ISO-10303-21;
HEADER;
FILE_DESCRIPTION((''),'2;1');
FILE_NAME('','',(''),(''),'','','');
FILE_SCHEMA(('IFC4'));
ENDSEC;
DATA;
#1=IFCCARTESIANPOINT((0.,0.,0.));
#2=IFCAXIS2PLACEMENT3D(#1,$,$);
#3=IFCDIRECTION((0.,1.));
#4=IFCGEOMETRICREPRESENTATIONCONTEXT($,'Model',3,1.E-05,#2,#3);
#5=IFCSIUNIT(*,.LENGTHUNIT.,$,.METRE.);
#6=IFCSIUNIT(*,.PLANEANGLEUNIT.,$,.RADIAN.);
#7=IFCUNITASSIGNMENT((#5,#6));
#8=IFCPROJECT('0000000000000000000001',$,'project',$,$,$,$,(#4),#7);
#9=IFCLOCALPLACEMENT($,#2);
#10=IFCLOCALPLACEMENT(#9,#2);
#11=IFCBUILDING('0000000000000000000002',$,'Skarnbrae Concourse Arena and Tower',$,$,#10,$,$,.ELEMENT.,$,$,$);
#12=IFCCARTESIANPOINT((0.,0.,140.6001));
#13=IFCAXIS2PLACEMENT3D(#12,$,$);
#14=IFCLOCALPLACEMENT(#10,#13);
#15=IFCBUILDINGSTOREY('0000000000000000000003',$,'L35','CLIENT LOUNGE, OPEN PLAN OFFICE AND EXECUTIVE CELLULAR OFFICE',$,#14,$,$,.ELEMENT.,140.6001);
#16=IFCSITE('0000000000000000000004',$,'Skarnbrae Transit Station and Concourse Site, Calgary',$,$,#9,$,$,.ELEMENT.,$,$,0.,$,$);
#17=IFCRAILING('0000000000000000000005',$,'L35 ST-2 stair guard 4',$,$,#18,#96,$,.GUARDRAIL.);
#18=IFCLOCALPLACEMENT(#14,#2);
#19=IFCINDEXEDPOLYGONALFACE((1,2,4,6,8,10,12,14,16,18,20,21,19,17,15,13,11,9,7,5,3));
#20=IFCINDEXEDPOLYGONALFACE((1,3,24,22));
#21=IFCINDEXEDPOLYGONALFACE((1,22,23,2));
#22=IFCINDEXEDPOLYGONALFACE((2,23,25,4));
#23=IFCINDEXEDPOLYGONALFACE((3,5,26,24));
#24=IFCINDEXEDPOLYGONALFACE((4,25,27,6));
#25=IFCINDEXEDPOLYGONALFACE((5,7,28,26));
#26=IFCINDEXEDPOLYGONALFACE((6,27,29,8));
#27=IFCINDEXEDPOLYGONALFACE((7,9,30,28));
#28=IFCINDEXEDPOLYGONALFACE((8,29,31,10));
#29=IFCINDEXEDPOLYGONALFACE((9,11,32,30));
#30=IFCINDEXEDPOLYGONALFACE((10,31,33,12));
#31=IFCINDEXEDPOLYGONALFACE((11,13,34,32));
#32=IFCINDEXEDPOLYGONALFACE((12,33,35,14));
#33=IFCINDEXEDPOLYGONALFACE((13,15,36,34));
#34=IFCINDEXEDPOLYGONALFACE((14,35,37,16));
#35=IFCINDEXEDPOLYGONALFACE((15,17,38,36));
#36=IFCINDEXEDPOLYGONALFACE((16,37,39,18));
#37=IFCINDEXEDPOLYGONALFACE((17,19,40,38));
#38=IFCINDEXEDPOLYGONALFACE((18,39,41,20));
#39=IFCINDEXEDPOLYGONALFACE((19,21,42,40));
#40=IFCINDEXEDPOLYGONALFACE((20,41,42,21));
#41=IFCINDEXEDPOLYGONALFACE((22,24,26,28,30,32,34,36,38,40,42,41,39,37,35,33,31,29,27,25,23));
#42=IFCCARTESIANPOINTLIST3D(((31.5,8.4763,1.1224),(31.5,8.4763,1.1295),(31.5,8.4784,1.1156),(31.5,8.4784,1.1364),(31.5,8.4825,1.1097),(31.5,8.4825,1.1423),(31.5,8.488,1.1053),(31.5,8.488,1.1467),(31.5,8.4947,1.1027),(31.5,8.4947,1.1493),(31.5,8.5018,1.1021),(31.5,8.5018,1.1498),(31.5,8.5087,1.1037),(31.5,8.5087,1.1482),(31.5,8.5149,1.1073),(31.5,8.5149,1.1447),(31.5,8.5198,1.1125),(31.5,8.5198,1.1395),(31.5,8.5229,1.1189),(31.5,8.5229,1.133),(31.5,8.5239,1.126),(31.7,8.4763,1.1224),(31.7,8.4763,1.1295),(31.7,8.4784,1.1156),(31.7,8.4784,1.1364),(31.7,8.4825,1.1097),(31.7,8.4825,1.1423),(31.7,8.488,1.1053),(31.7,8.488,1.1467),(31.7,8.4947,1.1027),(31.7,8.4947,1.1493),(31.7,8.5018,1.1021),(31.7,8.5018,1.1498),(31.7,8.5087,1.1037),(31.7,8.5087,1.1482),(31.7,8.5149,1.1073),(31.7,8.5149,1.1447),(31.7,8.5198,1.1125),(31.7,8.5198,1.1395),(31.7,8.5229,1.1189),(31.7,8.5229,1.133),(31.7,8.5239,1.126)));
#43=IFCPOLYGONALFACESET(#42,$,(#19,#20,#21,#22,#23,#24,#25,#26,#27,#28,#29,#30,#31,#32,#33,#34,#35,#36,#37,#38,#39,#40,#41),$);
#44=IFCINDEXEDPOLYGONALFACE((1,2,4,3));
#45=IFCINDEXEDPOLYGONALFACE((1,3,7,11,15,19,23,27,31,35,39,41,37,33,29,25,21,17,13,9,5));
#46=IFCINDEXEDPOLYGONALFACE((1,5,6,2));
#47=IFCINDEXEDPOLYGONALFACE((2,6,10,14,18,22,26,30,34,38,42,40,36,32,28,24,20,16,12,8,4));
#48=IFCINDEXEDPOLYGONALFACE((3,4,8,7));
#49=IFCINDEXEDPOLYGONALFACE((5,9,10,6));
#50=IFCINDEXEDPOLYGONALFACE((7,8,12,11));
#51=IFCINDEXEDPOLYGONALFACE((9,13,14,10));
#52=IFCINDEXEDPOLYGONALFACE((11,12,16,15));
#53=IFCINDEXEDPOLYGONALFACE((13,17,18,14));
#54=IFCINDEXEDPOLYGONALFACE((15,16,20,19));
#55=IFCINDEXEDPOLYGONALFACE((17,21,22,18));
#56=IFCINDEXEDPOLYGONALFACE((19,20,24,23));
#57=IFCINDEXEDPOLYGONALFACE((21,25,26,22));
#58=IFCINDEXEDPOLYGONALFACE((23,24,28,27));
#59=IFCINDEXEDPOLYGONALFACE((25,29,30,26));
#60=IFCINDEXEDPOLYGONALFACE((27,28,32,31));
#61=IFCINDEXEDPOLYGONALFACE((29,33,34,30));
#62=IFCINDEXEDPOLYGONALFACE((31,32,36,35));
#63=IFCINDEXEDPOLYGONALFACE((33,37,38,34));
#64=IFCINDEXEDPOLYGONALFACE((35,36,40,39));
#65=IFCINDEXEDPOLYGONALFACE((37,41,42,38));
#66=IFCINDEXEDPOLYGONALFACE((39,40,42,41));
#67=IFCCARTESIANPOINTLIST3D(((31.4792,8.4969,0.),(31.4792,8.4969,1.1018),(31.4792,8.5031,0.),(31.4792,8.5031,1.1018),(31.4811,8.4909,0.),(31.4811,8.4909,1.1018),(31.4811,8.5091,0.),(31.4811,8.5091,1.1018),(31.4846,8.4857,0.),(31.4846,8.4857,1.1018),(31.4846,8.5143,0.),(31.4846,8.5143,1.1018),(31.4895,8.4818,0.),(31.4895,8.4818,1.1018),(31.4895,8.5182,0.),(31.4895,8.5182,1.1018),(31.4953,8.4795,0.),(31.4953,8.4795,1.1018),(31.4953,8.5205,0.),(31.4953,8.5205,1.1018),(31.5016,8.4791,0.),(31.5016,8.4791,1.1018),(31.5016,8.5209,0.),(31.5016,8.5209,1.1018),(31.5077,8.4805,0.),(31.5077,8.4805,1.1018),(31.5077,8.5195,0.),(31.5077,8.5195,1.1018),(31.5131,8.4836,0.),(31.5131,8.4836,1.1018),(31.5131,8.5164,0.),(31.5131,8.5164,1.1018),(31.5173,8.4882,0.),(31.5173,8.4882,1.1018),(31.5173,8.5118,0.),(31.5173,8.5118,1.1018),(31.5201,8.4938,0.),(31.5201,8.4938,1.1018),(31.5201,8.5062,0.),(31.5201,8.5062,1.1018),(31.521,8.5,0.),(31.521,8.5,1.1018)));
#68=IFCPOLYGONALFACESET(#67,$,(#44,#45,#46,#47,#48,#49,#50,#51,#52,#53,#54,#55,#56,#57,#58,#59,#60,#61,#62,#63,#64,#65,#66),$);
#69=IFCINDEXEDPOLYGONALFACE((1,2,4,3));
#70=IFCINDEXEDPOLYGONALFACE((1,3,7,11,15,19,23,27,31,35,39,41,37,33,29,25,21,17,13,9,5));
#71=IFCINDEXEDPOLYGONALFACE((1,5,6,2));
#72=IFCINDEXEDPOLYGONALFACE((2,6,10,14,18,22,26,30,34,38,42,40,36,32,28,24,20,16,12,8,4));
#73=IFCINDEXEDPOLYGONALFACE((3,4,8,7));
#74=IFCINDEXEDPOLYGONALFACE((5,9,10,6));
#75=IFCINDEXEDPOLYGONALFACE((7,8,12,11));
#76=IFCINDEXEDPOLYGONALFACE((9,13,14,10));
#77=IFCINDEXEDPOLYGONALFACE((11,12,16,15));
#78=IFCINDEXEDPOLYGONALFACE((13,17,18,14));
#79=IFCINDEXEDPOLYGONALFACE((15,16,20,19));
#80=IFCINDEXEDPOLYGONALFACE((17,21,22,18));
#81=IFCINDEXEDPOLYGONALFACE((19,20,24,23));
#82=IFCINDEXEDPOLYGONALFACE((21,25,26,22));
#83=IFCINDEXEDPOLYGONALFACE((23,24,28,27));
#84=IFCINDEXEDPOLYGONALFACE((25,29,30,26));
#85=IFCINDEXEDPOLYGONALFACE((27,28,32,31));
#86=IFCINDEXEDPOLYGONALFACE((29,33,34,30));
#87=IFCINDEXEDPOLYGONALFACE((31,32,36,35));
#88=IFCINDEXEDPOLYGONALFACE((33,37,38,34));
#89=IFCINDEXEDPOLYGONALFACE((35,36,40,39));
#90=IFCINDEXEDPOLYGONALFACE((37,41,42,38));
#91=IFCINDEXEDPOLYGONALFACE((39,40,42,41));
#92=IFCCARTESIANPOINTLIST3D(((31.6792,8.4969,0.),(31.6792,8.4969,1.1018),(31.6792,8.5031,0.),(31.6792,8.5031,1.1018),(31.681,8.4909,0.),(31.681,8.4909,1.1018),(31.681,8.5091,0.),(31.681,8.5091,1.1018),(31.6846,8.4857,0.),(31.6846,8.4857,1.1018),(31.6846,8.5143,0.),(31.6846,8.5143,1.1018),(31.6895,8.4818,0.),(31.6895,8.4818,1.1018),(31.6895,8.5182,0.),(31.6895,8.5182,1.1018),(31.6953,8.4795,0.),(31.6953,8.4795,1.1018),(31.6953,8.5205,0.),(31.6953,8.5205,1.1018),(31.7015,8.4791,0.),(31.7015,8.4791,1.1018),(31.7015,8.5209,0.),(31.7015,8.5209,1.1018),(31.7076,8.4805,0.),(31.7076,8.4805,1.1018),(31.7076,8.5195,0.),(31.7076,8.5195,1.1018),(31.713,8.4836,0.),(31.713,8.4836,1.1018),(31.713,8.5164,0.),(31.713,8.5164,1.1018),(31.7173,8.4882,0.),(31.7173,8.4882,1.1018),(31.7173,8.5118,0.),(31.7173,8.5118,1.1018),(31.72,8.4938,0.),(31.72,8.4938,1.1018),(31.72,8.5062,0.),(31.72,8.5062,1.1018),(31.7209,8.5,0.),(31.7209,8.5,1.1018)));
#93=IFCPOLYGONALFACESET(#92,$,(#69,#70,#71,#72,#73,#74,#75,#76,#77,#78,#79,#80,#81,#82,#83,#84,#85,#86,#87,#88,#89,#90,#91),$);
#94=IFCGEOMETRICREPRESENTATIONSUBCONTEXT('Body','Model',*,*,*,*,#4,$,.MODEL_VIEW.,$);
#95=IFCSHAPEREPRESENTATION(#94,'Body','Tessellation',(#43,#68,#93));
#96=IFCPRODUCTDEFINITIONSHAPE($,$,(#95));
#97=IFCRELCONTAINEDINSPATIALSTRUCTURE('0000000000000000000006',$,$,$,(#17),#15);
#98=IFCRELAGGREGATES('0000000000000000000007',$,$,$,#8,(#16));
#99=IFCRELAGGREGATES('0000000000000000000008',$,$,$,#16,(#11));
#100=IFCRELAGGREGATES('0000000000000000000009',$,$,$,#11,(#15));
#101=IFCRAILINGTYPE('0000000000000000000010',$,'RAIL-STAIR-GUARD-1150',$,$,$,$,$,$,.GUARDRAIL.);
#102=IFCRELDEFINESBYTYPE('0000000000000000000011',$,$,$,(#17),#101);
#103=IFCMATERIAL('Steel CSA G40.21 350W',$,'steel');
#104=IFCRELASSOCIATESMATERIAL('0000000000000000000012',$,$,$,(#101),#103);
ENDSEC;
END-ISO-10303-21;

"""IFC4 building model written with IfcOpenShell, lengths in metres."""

from ifc_helpers import new_model, si_unit, direction, frame, origin, origin_2d, place, context, subcontext, project, spatial, circle, extrude, material, type_object, element, save


model = new_model("IFC4")

# Units and contexts
model_context = context("Model", 3, precision=1e-05, world=origin(), true_north=direction((0.0, 1.0)))
body_context = subcontext(model_context, "Body", "Model", "MODEL_VIEW")
ifc_project = project(units=[si_unit("LENGTHUNIT", "METRE"), si_unit("PLANEANGLEUNIT", "RADIAN")], contexts=[model_context])

# Site, building, storey
site_placement = place(None, origin())
site = spatial("IfcSite", under=ifc_project, at=site_placement, Name="Skarnbrae Transit Station and Concourse Site, Calgary", CompositionType="ELEMENT", RefElevation=0.0)
building_placement = place(site_placement, origin())
building = spatial("IfcBuilding", under=site, at=building_placement, Name="Skarnbrae Concourse Arena and Tower", CompositionType="ELEMENT")
storey_placement = place(building_placement, frame((0.0, 0.0, 140.6001)))
storey = spatial("IfcBuildingStorey", under=building, at=storey_placement, Name="L35", Description="CLIENT LOUNGE, OPEN PLAN OFFICE AND EXECUTIVE CELLULAR OFFICE", CompositionType="ELEMENT", Elevation=140.6001)

# Shared definitions
ifc_material_1 = material(Name="Steel CSA G40.21 350W", Category="steel")

# Railing
railing_type = type_object("IfcRailingType", Name="RAIL-STAIR-GUARD-1150", PredefinedType="GUARDRAIL", material=ifc_material_1)
railing_1_placement = place(storey_placement, frame((31.5, 8.5, 0.0)))
element("IfcRailing", 1, at=railing_1_placement, inside=storey, type_object=railing_type, Name="L35 ST-2 stair guard 4", PredefinedType="GUARDRAIL", context=body_context, shape_type="SweptSolid", body=[
    extrude(circle(Radius=0.0239, at=origin_2d()), frame((0.0, 0.0, 1.126), z_axis=(1.0, 0.0, 0.0), x_axis=(0.0, 1.0, 0.0)), (0.0, 0.0, 1.0), 0.2),
    extrude(circle(Radius=0.021, at=origin_2d()), origin(), (0.0, 0.0, 1.0), 1.1018),
    extrude(circle(Radius=0.021, at=origin_2d()), frame((0.2, 0.0, 0.0)), (0.0, 0.0, 1.0), 1.1018),
])

save(model, "model.ifc")
